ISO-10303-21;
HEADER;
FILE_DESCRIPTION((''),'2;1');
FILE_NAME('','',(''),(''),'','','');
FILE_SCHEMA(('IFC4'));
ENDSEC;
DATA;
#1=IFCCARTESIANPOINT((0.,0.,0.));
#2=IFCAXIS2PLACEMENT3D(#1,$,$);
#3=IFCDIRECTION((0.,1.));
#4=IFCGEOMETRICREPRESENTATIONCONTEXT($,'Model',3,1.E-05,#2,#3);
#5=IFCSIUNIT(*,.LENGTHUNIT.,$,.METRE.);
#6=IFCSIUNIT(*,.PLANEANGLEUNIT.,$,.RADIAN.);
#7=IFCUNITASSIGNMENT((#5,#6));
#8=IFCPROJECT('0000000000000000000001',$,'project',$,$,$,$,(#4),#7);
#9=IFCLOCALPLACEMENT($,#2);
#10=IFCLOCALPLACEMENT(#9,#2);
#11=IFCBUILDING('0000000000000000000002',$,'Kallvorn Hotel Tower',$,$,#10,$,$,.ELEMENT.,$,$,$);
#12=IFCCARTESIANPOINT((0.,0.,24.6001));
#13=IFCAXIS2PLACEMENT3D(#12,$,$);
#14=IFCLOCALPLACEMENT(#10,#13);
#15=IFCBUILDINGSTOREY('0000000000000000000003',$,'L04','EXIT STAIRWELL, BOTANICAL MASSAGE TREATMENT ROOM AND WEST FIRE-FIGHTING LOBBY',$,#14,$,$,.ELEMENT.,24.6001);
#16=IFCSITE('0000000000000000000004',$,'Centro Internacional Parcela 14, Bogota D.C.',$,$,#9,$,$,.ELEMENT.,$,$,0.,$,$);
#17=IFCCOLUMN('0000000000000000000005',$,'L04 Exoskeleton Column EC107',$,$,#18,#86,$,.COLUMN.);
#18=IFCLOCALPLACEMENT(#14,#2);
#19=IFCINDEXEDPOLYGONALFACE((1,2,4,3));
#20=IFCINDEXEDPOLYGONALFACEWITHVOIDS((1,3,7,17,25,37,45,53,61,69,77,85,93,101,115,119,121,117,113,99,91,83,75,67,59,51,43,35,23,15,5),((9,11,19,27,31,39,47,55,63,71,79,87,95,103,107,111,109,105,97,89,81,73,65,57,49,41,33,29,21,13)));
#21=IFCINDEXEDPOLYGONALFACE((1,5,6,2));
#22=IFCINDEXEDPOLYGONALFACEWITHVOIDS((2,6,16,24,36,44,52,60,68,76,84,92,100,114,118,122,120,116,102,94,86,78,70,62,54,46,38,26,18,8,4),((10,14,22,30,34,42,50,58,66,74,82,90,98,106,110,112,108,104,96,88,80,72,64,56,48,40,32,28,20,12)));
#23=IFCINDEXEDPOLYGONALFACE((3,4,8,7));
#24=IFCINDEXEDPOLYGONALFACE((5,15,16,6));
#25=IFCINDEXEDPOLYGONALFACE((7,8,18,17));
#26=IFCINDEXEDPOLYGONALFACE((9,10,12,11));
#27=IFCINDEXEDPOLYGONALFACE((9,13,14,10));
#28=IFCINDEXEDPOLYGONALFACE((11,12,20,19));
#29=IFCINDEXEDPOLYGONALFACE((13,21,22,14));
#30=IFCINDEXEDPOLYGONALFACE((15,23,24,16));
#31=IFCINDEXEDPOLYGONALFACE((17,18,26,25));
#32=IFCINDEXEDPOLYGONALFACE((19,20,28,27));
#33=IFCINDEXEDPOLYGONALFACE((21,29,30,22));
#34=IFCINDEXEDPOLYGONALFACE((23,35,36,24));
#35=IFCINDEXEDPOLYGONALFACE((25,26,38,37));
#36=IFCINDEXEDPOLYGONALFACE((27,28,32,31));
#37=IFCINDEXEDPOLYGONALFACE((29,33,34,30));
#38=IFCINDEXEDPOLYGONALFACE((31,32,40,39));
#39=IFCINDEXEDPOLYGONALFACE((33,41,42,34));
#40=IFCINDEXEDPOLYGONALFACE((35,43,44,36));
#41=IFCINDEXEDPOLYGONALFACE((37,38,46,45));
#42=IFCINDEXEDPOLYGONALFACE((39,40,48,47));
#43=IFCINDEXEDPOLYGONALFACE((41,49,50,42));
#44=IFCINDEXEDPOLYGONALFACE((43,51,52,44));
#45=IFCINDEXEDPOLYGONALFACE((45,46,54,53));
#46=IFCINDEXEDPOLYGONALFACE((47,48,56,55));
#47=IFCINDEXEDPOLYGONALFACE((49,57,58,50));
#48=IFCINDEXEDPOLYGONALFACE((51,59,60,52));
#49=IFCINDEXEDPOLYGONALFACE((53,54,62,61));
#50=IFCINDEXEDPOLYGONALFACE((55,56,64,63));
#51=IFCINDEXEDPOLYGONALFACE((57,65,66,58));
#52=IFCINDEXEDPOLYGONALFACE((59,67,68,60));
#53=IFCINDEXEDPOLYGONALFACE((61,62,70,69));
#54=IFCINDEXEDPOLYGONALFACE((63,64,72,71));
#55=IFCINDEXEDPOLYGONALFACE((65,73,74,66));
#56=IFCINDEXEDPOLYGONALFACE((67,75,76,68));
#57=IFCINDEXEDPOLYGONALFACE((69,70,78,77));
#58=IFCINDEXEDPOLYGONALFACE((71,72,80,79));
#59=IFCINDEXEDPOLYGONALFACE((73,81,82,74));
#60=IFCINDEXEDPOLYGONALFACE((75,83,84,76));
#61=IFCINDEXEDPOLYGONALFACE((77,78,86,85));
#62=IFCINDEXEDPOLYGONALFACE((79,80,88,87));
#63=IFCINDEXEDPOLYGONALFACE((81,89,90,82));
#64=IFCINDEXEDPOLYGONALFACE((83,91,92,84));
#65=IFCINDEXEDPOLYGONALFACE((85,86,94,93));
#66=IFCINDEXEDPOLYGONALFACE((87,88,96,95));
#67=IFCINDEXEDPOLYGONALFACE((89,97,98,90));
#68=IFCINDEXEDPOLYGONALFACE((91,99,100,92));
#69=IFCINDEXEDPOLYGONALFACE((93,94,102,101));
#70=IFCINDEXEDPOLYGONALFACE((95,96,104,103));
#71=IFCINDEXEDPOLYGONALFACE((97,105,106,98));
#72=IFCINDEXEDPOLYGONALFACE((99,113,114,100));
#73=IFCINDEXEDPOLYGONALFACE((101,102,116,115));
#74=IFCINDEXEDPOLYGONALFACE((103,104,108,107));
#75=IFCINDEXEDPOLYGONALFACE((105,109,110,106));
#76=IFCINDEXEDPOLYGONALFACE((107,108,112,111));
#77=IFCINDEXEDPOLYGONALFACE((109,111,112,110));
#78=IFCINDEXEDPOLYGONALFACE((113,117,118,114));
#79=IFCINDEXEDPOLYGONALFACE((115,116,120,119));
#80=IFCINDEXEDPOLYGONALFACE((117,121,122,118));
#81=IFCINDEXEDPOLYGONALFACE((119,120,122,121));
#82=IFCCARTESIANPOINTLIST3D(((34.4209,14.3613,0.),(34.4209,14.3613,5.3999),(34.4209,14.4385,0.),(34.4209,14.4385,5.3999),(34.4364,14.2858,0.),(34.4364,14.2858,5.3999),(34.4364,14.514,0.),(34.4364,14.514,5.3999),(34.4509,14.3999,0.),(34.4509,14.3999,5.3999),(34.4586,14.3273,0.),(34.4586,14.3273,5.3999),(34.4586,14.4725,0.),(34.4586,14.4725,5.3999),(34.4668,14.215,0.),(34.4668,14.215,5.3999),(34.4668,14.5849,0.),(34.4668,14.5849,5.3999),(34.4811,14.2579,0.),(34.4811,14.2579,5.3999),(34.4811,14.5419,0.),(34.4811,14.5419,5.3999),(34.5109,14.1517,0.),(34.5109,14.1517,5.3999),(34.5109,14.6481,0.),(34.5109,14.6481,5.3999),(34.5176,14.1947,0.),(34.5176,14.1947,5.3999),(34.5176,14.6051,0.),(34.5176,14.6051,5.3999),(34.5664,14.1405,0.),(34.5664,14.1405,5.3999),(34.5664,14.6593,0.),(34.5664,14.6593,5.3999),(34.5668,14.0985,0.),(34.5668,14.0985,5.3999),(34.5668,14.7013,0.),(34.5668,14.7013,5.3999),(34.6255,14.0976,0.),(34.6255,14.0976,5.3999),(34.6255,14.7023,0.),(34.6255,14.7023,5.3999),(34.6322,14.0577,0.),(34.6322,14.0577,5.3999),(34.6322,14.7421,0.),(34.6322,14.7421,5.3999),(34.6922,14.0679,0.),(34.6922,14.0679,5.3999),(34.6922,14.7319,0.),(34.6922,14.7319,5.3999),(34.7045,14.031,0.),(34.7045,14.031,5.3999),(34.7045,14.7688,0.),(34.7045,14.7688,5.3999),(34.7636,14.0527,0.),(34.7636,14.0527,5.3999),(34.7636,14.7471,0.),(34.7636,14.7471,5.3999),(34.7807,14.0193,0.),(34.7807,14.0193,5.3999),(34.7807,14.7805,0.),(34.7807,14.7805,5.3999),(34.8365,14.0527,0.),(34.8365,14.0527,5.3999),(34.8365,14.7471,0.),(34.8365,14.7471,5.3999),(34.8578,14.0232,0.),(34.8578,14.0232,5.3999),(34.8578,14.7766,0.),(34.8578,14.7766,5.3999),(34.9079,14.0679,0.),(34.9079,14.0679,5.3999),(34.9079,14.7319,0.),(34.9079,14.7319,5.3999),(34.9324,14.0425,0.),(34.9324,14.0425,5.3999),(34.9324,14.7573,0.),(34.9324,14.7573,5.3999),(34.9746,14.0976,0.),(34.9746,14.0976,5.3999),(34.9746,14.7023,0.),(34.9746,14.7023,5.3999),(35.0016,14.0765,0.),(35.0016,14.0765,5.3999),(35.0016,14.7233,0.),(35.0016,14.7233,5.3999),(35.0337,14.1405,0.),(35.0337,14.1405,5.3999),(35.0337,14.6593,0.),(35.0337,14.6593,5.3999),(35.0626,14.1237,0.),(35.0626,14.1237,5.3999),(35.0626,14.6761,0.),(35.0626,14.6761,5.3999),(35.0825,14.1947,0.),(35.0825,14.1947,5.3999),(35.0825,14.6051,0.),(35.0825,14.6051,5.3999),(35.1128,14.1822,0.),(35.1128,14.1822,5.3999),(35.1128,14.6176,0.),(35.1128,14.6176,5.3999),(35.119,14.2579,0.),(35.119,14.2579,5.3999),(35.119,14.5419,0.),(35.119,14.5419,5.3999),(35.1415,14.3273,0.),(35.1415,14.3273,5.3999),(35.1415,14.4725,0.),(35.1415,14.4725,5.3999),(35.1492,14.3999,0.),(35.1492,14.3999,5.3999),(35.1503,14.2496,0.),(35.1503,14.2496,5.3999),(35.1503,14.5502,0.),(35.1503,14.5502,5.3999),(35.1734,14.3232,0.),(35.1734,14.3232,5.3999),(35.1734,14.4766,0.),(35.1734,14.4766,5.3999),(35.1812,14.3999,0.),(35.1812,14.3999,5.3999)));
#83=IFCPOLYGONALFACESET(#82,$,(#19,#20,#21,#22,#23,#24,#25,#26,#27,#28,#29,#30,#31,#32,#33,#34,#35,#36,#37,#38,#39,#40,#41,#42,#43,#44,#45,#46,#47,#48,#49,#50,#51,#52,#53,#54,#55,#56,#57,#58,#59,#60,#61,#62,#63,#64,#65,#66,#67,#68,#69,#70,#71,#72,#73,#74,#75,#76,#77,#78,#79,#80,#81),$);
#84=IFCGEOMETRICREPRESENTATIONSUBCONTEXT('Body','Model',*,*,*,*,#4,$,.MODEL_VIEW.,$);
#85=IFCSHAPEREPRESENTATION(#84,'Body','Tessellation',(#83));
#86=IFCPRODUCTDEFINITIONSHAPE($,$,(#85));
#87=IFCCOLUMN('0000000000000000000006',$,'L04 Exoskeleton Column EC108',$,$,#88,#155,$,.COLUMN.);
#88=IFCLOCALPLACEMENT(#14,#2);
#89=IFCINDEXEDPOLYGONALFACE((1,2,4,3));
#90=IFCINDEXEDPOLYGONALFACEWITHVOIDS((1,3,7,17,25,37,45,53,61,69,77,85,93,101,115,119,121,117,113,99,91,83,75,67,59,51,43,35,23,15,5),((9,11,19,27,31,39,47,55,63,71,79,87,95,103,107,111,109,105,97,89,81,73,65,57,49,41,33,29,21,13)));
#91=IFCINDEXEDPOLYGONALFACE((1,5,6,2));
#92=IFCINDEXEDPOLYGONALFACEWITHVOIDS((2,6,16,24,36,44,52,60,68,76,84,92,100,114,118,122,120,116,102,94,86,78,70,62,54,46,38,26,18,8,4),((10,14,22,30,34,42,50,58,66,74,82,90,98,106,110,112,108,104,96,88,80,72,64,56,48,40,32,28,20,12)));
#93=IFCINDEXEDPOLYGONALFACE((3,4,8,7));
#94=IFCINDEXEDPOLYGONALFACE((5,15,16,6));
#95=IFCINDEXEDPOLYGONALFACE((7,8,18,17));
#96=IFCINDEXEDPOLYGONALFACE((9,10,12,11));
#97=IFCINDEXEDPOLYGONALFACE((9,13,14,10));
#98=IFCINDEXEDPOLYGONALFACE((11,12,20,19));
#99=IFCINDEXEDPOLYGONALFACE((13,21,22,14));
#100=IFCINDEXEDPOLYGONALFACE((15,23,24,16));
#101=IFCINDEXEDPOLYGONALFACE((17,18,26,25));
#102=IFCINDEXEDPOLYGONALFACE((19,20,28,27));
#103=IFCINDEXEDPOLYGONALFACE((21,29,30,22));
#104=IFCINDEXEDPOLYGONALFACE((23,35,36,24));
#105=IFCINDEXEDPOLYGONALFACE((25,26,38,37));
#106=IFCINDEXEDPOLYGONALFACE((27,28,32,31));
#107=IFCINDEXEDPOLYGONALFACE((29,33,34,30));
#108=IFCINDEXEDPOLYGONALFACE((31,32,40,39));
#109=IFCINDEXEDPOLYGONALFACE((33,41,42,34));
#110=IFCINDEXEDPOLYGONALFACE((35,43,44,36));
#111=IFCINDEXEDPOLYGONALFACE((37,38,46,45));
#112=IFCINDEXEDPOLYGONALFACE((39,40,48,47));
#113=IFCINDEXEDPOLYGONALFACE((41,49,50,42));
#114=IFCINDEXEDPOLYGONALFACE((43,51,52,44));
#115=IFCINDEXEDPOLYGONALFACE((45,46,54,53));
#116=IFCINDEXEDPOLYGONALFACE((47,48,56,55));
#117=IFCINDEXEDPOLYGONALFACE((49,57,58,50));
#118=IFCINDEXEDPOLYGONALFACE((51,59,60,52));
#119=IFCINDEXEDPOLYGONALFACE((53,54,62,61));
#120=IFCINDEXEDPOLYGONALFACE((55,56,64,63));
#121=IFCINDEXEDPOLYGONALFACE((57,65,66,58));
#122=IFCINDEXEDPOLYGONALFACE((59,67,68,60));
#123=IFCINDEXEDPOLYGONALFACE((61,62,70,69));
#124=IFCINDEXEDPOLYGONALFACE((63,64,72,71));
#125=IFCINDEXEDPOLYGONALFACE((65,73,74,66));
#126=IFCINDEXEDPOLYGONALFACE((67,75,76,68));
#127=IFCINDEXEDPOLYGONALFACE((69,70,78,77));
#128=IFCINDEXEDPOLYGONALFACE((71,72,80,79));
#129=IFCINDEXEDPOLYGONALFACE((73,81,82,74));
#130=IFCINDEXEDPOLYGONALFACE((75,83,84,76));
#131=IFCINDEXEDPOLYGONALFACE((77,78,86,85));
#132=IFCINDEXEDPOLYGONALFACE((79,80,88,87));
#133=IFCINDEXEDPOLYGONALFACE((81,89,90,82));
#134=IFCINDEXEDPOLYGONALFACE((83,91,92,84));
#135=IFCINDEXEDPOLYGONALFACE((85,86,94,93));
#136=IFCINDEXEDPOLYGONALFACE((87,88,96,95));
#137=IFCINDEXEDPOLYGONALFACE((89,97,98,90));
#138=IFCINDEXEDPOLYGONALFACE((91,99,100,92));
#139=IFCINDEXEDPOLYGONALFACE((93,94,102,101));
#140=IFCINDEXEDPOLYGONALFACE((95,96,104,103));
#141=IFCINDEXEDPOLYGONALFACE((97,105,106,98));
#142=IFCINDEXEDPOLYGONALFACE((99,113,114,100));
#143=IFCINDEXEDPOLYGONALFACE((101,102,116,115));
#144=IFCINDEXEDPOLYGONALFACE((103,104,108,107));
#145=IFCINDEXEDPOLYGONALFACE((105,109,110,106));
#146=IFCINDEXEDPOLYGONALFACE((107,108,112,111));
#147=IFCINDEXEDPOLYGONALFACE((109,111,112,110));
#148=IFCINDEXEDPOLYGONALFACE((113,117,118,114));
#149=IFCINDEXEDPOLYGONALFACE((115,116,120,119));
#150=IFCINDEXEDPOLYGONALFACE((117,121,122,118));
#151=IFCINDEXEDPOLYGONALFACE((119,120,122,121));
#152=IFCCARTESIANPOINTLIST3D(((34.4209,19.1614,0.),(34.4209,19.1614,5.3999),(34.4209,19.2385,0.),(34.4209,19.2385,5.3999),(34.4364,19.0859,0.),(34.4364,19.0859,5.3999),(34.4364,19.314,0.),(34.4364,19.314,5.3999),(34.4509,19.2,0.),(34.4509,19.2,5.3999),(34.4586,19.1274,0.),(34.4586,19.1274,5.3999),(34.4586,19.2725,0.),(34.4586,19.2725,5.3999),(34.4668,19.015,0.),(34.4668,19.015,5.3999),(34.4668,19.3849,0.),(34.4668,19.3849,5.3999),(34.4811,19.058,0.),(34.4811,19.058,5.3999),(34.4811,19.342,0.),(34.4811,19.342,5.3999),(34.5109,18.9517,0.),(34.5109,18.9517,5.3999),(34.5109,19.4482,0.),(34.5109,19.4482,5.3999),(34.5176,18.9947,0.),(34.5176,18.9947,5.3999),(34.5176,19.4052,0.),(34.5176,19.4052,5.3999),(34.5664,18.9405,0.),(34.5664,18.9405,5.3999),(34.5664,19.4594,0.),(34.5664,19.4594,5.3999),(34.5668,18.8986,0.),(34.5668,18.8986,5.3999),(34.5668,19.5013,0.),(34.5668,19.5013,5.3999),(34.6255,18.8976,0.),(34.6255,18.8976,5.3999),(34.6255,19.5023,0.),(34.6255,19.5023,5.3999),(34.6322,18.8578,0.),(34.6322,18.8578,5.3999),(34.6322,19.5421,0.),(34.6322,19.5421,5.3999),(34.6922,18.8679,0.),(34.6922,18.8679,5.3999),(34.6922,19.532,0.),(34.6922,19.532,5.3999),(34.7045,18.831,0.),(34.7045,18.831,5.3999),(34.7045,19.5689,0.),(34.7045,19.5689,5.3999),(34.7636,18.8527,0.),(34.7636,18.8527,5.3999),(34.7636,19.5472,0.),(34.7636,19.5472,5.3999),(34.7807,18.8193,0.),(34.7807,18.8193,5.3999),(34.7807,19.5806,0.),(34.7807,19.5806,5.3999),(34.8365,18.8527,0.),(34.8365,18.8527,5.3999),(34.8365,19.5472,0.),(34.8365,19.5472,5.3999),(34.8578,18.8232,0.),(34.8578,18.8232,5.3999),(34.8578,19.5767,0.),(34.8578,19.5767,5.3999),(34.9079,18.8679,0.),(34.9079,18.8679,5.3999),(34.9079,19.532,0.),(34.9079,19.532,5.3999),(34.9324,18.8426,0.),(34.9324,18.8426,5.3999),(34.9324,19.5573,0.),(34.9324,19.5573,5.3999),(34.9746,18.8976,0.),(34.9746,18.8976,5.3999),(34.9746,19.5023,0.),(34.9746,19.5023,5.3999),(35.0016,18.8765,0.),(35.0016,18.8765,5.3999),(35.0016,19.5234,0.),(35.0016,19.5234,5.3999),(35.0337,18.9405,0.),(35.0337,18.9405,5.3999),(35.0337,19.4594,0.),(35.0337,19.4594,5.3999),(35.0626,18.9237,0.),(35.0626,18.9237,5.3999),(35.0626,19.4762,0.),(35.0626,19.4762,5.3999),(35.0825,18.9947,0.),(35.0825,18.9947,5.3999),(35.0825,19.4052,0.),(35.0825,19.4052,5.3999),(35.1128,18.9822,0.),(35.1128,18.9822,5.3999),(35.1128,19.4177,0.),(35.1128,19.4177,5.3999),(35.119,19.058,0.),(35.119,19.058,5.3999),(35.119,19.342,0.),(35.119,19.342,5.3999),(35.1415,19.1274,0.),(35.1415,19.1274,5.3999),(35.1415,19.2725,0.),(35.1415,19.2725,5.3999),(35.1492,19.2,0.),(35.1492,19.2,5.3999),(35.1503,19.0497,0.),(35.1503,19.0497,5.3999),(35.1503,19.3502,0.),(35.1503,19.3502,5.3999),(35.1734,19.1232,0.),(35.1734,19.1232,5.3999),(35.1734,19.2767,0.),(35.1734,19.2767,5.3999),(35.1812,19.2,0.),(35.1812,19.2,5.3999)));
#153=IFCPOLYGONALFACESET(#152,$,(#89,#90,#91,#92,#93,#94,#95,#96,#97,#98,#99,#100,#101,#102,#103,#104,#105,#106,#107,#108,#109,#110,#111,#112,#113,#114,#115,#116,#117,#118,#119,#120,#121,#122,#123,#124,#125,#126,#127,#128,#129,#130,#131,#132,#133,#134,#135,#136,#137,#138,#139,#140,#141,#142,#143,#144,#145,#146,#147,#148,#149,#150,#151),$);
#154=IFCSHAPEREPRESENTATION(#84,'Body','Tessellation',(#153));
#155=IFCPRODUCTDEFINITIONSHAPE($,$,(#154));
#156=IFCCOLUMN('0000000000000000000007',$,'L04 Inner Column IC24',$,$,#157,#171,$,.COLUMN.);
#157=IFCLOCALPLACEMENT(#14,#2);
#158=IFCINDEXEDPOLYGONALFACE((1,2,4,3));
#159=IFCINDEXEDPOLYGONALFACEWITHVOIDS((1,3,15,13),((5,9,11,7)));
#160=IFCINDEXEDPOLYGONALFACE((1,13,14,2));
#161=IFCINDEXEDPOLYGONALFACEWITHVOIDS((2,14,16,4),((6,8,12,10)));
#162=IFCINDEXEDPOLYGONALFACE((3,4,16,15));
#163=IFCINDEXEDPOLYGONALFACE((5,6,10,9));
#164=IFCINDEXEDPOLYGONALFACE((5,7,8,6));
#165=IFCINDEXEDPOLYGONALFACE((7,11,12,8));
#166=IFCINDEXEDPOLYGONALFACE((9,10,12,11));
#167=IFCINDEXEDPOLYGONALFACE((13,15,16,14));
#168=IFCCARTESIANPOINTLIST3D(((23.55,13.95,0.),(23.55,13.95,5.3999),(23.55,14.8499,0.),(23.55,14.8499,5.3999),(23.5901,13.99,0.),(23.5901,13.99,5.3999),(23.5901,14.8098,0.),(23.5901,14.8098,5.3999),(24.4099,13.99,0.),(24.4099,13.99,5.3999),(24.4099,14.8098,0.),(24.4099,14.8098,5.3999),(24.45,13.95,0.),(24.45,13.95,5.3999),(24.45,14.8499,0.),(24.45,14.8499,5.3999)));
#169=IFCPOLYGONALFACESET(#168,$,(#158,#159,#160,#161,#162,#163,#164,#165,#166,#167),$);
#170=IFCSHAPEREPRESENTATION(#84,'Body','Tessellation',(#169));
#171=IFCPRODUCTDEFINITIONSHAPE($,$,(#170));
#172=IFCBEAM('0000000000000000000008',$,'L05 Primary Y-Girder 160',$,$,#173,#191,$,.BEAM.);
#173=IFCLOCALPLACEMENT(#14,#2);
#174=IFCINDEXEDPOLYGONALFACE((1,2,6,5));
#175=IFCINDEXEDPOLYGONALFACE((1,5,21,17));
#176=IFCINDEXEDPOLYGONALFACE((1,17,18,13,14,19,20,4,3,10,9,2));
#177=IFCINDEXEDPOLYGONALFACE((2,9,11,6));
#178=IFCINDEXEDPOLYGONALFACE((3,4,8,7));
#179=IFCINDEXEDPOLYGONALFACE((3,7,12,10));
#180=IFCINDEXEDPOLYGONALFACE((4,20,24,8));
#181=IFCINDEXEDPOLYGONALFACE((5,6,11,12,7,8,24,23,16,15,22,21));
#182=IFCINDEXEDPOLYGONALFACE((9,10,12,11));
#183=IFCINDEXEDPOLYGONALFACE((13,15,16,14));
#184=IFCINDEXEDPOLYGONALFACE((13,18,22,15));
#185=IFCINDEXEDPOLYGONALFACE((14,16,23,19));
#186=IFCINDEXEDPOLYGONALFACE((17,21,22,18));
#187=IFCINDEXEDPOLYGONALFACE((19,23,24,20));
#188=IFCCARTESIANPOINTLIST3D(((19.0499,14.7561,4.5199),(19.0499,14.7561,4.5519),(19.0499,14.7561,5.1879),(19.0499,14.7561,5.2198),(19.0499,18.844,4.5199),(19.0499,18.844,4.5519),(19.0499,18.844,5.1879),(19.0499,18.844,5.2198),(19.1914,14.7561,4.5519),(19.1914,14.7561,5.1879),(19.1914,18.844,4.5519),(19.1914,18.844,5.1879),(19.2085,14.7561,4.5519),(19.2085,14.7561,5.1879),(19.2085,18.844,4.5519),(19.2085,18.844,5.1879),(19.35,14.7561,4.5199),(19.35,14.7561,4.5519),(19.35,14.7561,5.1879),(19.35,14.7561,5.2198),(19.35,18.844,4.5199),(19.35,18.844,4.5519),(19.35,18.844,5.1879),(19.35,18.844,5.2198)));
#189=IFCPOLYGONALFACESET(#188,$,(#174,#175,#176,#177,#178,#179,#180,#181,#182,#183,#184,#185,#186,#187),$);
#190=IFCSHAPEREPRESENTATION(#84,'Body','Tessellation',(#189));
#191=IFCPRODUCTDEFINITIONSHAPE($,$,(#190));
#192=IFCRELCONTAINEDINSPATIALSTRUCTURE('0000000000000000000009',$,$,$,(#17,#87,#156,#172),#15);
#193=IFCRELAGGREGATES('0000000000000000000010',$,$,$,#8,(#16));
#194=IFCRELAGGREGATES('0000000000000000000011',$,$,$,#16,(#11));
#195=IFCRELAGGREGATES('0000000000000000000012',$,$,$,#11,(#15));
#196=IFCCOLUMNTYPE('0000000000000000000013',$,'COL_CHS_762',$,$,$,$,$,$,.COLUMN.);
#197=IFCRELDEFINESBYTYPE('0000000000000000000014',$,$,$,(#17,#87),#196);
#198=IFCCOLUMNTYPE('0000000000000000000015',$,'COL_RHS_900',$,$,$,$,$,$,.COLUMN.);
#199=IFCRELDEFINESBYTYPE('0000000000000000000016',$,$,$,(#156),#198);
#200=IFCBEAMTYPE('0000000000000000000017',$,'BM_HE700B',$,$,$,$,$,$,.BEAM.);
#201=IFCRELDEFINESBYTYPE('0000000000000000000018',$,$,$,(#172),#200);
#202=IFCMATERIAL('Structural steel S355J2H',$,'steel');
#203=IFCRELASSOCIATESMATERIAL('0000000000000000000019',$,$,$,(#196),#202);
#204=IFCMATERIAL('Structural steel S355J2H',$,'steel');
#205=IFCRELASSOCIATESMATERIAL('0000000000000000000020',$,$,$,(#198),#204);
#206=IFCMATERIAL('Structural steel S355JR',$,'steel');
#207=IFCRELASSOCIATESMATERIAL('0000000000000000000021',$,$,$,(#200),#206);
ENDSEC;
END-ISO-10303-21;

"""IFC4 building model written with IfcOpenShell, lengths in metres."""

from ifc_helpers import new_model, si_unit, direction, frame, origin, origin_2d, place, context, subcontext, project, spatial, hollow_rectangle, hollow_circle, i_section, extrude, material, material_profile, profile_set, type_object, element, save


model = new_model("IFC4")

# Units and contexts
model_context = context("Model", 3, precision=1e-05, world=origin(), true_north=direction((0.0, 1.0)))
body_context = subcontext(model_context, "Body", "Model", "MODEL_VIEW")
ifc_project = project(units=[si_unit("LENGTHUNIT", "METRE"), si_unit("PLANEANGLEUNIT", "RADIAN")], contexts=[model_context])

# Site, building, storey
site_placement = place(None, origin())
site = spatial("IfcSite", under=ifc_project, at=site_placement, Name="Centro Internacional Parcela 14, Bogota D.C.", CompositionType="ELEMENT", RefElevation=0.0)
building_placement = place(site_placement, origin())
building = spatial("IfcBuilding", under=site, at=building_placement, Name="Kallvorn Hotel Tower", CompositionType="ELEMENT")
storey_placement = place(building_placement, frame((0.0, 0.0, 24.6001)))
storey = spatial("IfcBuildingStorey", under=building, at=storey_placement, Name="L04", Description="EXIT STAIRWELL, BOTANICAL MASSAGE TREATMENT ROOM AND WEST FIRE-FIGHTING LOBBY", CompositionType="ELEMENT", Elevation=24.6001)

# Columns
ifc_material_1 = material(Name="Structural steel S355J2H", Category="steel")
ifc_material_profile_1 = material_profile(ifc_material_1, hollow_circle(Radius=0.3811, WallThickness=0.032, at=origin_2d()), Name="CHS 762x32")
ifc_profile_set_1 = profile_set([ifc_material_profile_1], Name="Structural steel S355J2H")
column_type_1 = type_object("IfcColumnType", Name="COL_CHS_762", PredefinedType="COLUMN", material=ifc_profile_set_1)
for number, where, z_axis, x_axis, name in (
    (1, (34.8, 14.3999, 0.0), (0.0, 0.0, 1.0), (1.0, 0.0, 0.0), "L04 Exoskeleton Column EC107"),
    (2, (34.8, 19.2, 0.0), (0.0, 0.0, 1.0), (1.0, 0.0, 0.0), "L04 Exoskeleton Column EC108"),
):
    element("IfcColumn", number, at=place(storey_placement, frame(where, z_axis=z_axis, x_axis=x_axis)), inside=storey, type_object=column_type_1, Name=name, PredefinedType="COLUMN", context=body_context, shape_type="SweptSolid", body=[
        extrude(hollow_circle(Radius=0.3811, WallThickness=0.032, at=origin_2d()), origin(), (0.0, 0.0, 1.0), 5.3999),
    ])
ifc_material_2 = material(Name="Structural steel S355J2H", Category="steel")
ifc_material_profile_2 = material_profile(ifc_material_2, hollow_rectangle(XDim=0.8999, YDim=0.8999, WallThickness=0.04, at=origin_2d()), Name="RHS 900x900x40")
ifc_profile_set_2 = profile_set([ifc_material_profile_2], Name="Structural steel S355J2H")
column_type_2 = type_object("IfcColumnType", Name="COL_RHS_900", PredefinedType="COLUMN", material=ifc_profile_set_2)
column_placement = place(storey_placement, frame((24.0, 14.3999, 0.0), z_axis=(0.0, 0.0, 1.0), x_axis=(1.0, 0.0, 0.0)))
element("IfcColumn", 3, at=column_placement, inside=storey, type_object=column_type_2, Name="L04 Inner Column IC24", PredefinedType="COLUMN", context=body_context, shape_type="SweptSolid", body=[
    extrude(hollow_rectangle(XDim=0.8999, YDim=0.8999, WallThickness=0.04, at=origin_2d()), origin(), (0.0, 0.0, 1.0), 5.3999),
])

# Beam
ifc_material_3 = material(Name="Structural steel S355JR", Category="steel")
ifc_material_profile_3 = material_profile(ifc_material_3, i_section(OverallWidth=0.3, OverallDepth=0.7, WebThickness=0.0171, FlangeThickness=0.032, at=origin_2d()), Name="HE 700 B")
ifc_profile_set_3 = profile_set([ifc_material_profile_3], Name="Structural steel S355JR")
beam_type_1 = type_object("IfcBeamType", Name="BM_HE700B", PredefinedType="BEAM", material=ifc_profile_set_3)
beam_1_placement = place(storey_placement, frame((19.2, 14.7561, 4.8699), z_axis=(0.0, 1.0, 0.0), x_axis=(-1.0, 0.0, 0.0)))
element("IfcBeam", 4, at=beam_1_placement, inside=storey, type_object=beam_type_1, Name="L05 Primary Y-Girder 160", PredefinedType="BEAM", context=body_context, shape_type="SweptSolid", body=[
    extrude(i_section(OverallWidth=0.3, OverallDepth=0.7, WebThickness=0.0171, FlangeThickness=0.032, at=origin_2d()), origin(), (0.0, 0.0, 1.0), 4.0879),
])

save(model, "model.ifc")
